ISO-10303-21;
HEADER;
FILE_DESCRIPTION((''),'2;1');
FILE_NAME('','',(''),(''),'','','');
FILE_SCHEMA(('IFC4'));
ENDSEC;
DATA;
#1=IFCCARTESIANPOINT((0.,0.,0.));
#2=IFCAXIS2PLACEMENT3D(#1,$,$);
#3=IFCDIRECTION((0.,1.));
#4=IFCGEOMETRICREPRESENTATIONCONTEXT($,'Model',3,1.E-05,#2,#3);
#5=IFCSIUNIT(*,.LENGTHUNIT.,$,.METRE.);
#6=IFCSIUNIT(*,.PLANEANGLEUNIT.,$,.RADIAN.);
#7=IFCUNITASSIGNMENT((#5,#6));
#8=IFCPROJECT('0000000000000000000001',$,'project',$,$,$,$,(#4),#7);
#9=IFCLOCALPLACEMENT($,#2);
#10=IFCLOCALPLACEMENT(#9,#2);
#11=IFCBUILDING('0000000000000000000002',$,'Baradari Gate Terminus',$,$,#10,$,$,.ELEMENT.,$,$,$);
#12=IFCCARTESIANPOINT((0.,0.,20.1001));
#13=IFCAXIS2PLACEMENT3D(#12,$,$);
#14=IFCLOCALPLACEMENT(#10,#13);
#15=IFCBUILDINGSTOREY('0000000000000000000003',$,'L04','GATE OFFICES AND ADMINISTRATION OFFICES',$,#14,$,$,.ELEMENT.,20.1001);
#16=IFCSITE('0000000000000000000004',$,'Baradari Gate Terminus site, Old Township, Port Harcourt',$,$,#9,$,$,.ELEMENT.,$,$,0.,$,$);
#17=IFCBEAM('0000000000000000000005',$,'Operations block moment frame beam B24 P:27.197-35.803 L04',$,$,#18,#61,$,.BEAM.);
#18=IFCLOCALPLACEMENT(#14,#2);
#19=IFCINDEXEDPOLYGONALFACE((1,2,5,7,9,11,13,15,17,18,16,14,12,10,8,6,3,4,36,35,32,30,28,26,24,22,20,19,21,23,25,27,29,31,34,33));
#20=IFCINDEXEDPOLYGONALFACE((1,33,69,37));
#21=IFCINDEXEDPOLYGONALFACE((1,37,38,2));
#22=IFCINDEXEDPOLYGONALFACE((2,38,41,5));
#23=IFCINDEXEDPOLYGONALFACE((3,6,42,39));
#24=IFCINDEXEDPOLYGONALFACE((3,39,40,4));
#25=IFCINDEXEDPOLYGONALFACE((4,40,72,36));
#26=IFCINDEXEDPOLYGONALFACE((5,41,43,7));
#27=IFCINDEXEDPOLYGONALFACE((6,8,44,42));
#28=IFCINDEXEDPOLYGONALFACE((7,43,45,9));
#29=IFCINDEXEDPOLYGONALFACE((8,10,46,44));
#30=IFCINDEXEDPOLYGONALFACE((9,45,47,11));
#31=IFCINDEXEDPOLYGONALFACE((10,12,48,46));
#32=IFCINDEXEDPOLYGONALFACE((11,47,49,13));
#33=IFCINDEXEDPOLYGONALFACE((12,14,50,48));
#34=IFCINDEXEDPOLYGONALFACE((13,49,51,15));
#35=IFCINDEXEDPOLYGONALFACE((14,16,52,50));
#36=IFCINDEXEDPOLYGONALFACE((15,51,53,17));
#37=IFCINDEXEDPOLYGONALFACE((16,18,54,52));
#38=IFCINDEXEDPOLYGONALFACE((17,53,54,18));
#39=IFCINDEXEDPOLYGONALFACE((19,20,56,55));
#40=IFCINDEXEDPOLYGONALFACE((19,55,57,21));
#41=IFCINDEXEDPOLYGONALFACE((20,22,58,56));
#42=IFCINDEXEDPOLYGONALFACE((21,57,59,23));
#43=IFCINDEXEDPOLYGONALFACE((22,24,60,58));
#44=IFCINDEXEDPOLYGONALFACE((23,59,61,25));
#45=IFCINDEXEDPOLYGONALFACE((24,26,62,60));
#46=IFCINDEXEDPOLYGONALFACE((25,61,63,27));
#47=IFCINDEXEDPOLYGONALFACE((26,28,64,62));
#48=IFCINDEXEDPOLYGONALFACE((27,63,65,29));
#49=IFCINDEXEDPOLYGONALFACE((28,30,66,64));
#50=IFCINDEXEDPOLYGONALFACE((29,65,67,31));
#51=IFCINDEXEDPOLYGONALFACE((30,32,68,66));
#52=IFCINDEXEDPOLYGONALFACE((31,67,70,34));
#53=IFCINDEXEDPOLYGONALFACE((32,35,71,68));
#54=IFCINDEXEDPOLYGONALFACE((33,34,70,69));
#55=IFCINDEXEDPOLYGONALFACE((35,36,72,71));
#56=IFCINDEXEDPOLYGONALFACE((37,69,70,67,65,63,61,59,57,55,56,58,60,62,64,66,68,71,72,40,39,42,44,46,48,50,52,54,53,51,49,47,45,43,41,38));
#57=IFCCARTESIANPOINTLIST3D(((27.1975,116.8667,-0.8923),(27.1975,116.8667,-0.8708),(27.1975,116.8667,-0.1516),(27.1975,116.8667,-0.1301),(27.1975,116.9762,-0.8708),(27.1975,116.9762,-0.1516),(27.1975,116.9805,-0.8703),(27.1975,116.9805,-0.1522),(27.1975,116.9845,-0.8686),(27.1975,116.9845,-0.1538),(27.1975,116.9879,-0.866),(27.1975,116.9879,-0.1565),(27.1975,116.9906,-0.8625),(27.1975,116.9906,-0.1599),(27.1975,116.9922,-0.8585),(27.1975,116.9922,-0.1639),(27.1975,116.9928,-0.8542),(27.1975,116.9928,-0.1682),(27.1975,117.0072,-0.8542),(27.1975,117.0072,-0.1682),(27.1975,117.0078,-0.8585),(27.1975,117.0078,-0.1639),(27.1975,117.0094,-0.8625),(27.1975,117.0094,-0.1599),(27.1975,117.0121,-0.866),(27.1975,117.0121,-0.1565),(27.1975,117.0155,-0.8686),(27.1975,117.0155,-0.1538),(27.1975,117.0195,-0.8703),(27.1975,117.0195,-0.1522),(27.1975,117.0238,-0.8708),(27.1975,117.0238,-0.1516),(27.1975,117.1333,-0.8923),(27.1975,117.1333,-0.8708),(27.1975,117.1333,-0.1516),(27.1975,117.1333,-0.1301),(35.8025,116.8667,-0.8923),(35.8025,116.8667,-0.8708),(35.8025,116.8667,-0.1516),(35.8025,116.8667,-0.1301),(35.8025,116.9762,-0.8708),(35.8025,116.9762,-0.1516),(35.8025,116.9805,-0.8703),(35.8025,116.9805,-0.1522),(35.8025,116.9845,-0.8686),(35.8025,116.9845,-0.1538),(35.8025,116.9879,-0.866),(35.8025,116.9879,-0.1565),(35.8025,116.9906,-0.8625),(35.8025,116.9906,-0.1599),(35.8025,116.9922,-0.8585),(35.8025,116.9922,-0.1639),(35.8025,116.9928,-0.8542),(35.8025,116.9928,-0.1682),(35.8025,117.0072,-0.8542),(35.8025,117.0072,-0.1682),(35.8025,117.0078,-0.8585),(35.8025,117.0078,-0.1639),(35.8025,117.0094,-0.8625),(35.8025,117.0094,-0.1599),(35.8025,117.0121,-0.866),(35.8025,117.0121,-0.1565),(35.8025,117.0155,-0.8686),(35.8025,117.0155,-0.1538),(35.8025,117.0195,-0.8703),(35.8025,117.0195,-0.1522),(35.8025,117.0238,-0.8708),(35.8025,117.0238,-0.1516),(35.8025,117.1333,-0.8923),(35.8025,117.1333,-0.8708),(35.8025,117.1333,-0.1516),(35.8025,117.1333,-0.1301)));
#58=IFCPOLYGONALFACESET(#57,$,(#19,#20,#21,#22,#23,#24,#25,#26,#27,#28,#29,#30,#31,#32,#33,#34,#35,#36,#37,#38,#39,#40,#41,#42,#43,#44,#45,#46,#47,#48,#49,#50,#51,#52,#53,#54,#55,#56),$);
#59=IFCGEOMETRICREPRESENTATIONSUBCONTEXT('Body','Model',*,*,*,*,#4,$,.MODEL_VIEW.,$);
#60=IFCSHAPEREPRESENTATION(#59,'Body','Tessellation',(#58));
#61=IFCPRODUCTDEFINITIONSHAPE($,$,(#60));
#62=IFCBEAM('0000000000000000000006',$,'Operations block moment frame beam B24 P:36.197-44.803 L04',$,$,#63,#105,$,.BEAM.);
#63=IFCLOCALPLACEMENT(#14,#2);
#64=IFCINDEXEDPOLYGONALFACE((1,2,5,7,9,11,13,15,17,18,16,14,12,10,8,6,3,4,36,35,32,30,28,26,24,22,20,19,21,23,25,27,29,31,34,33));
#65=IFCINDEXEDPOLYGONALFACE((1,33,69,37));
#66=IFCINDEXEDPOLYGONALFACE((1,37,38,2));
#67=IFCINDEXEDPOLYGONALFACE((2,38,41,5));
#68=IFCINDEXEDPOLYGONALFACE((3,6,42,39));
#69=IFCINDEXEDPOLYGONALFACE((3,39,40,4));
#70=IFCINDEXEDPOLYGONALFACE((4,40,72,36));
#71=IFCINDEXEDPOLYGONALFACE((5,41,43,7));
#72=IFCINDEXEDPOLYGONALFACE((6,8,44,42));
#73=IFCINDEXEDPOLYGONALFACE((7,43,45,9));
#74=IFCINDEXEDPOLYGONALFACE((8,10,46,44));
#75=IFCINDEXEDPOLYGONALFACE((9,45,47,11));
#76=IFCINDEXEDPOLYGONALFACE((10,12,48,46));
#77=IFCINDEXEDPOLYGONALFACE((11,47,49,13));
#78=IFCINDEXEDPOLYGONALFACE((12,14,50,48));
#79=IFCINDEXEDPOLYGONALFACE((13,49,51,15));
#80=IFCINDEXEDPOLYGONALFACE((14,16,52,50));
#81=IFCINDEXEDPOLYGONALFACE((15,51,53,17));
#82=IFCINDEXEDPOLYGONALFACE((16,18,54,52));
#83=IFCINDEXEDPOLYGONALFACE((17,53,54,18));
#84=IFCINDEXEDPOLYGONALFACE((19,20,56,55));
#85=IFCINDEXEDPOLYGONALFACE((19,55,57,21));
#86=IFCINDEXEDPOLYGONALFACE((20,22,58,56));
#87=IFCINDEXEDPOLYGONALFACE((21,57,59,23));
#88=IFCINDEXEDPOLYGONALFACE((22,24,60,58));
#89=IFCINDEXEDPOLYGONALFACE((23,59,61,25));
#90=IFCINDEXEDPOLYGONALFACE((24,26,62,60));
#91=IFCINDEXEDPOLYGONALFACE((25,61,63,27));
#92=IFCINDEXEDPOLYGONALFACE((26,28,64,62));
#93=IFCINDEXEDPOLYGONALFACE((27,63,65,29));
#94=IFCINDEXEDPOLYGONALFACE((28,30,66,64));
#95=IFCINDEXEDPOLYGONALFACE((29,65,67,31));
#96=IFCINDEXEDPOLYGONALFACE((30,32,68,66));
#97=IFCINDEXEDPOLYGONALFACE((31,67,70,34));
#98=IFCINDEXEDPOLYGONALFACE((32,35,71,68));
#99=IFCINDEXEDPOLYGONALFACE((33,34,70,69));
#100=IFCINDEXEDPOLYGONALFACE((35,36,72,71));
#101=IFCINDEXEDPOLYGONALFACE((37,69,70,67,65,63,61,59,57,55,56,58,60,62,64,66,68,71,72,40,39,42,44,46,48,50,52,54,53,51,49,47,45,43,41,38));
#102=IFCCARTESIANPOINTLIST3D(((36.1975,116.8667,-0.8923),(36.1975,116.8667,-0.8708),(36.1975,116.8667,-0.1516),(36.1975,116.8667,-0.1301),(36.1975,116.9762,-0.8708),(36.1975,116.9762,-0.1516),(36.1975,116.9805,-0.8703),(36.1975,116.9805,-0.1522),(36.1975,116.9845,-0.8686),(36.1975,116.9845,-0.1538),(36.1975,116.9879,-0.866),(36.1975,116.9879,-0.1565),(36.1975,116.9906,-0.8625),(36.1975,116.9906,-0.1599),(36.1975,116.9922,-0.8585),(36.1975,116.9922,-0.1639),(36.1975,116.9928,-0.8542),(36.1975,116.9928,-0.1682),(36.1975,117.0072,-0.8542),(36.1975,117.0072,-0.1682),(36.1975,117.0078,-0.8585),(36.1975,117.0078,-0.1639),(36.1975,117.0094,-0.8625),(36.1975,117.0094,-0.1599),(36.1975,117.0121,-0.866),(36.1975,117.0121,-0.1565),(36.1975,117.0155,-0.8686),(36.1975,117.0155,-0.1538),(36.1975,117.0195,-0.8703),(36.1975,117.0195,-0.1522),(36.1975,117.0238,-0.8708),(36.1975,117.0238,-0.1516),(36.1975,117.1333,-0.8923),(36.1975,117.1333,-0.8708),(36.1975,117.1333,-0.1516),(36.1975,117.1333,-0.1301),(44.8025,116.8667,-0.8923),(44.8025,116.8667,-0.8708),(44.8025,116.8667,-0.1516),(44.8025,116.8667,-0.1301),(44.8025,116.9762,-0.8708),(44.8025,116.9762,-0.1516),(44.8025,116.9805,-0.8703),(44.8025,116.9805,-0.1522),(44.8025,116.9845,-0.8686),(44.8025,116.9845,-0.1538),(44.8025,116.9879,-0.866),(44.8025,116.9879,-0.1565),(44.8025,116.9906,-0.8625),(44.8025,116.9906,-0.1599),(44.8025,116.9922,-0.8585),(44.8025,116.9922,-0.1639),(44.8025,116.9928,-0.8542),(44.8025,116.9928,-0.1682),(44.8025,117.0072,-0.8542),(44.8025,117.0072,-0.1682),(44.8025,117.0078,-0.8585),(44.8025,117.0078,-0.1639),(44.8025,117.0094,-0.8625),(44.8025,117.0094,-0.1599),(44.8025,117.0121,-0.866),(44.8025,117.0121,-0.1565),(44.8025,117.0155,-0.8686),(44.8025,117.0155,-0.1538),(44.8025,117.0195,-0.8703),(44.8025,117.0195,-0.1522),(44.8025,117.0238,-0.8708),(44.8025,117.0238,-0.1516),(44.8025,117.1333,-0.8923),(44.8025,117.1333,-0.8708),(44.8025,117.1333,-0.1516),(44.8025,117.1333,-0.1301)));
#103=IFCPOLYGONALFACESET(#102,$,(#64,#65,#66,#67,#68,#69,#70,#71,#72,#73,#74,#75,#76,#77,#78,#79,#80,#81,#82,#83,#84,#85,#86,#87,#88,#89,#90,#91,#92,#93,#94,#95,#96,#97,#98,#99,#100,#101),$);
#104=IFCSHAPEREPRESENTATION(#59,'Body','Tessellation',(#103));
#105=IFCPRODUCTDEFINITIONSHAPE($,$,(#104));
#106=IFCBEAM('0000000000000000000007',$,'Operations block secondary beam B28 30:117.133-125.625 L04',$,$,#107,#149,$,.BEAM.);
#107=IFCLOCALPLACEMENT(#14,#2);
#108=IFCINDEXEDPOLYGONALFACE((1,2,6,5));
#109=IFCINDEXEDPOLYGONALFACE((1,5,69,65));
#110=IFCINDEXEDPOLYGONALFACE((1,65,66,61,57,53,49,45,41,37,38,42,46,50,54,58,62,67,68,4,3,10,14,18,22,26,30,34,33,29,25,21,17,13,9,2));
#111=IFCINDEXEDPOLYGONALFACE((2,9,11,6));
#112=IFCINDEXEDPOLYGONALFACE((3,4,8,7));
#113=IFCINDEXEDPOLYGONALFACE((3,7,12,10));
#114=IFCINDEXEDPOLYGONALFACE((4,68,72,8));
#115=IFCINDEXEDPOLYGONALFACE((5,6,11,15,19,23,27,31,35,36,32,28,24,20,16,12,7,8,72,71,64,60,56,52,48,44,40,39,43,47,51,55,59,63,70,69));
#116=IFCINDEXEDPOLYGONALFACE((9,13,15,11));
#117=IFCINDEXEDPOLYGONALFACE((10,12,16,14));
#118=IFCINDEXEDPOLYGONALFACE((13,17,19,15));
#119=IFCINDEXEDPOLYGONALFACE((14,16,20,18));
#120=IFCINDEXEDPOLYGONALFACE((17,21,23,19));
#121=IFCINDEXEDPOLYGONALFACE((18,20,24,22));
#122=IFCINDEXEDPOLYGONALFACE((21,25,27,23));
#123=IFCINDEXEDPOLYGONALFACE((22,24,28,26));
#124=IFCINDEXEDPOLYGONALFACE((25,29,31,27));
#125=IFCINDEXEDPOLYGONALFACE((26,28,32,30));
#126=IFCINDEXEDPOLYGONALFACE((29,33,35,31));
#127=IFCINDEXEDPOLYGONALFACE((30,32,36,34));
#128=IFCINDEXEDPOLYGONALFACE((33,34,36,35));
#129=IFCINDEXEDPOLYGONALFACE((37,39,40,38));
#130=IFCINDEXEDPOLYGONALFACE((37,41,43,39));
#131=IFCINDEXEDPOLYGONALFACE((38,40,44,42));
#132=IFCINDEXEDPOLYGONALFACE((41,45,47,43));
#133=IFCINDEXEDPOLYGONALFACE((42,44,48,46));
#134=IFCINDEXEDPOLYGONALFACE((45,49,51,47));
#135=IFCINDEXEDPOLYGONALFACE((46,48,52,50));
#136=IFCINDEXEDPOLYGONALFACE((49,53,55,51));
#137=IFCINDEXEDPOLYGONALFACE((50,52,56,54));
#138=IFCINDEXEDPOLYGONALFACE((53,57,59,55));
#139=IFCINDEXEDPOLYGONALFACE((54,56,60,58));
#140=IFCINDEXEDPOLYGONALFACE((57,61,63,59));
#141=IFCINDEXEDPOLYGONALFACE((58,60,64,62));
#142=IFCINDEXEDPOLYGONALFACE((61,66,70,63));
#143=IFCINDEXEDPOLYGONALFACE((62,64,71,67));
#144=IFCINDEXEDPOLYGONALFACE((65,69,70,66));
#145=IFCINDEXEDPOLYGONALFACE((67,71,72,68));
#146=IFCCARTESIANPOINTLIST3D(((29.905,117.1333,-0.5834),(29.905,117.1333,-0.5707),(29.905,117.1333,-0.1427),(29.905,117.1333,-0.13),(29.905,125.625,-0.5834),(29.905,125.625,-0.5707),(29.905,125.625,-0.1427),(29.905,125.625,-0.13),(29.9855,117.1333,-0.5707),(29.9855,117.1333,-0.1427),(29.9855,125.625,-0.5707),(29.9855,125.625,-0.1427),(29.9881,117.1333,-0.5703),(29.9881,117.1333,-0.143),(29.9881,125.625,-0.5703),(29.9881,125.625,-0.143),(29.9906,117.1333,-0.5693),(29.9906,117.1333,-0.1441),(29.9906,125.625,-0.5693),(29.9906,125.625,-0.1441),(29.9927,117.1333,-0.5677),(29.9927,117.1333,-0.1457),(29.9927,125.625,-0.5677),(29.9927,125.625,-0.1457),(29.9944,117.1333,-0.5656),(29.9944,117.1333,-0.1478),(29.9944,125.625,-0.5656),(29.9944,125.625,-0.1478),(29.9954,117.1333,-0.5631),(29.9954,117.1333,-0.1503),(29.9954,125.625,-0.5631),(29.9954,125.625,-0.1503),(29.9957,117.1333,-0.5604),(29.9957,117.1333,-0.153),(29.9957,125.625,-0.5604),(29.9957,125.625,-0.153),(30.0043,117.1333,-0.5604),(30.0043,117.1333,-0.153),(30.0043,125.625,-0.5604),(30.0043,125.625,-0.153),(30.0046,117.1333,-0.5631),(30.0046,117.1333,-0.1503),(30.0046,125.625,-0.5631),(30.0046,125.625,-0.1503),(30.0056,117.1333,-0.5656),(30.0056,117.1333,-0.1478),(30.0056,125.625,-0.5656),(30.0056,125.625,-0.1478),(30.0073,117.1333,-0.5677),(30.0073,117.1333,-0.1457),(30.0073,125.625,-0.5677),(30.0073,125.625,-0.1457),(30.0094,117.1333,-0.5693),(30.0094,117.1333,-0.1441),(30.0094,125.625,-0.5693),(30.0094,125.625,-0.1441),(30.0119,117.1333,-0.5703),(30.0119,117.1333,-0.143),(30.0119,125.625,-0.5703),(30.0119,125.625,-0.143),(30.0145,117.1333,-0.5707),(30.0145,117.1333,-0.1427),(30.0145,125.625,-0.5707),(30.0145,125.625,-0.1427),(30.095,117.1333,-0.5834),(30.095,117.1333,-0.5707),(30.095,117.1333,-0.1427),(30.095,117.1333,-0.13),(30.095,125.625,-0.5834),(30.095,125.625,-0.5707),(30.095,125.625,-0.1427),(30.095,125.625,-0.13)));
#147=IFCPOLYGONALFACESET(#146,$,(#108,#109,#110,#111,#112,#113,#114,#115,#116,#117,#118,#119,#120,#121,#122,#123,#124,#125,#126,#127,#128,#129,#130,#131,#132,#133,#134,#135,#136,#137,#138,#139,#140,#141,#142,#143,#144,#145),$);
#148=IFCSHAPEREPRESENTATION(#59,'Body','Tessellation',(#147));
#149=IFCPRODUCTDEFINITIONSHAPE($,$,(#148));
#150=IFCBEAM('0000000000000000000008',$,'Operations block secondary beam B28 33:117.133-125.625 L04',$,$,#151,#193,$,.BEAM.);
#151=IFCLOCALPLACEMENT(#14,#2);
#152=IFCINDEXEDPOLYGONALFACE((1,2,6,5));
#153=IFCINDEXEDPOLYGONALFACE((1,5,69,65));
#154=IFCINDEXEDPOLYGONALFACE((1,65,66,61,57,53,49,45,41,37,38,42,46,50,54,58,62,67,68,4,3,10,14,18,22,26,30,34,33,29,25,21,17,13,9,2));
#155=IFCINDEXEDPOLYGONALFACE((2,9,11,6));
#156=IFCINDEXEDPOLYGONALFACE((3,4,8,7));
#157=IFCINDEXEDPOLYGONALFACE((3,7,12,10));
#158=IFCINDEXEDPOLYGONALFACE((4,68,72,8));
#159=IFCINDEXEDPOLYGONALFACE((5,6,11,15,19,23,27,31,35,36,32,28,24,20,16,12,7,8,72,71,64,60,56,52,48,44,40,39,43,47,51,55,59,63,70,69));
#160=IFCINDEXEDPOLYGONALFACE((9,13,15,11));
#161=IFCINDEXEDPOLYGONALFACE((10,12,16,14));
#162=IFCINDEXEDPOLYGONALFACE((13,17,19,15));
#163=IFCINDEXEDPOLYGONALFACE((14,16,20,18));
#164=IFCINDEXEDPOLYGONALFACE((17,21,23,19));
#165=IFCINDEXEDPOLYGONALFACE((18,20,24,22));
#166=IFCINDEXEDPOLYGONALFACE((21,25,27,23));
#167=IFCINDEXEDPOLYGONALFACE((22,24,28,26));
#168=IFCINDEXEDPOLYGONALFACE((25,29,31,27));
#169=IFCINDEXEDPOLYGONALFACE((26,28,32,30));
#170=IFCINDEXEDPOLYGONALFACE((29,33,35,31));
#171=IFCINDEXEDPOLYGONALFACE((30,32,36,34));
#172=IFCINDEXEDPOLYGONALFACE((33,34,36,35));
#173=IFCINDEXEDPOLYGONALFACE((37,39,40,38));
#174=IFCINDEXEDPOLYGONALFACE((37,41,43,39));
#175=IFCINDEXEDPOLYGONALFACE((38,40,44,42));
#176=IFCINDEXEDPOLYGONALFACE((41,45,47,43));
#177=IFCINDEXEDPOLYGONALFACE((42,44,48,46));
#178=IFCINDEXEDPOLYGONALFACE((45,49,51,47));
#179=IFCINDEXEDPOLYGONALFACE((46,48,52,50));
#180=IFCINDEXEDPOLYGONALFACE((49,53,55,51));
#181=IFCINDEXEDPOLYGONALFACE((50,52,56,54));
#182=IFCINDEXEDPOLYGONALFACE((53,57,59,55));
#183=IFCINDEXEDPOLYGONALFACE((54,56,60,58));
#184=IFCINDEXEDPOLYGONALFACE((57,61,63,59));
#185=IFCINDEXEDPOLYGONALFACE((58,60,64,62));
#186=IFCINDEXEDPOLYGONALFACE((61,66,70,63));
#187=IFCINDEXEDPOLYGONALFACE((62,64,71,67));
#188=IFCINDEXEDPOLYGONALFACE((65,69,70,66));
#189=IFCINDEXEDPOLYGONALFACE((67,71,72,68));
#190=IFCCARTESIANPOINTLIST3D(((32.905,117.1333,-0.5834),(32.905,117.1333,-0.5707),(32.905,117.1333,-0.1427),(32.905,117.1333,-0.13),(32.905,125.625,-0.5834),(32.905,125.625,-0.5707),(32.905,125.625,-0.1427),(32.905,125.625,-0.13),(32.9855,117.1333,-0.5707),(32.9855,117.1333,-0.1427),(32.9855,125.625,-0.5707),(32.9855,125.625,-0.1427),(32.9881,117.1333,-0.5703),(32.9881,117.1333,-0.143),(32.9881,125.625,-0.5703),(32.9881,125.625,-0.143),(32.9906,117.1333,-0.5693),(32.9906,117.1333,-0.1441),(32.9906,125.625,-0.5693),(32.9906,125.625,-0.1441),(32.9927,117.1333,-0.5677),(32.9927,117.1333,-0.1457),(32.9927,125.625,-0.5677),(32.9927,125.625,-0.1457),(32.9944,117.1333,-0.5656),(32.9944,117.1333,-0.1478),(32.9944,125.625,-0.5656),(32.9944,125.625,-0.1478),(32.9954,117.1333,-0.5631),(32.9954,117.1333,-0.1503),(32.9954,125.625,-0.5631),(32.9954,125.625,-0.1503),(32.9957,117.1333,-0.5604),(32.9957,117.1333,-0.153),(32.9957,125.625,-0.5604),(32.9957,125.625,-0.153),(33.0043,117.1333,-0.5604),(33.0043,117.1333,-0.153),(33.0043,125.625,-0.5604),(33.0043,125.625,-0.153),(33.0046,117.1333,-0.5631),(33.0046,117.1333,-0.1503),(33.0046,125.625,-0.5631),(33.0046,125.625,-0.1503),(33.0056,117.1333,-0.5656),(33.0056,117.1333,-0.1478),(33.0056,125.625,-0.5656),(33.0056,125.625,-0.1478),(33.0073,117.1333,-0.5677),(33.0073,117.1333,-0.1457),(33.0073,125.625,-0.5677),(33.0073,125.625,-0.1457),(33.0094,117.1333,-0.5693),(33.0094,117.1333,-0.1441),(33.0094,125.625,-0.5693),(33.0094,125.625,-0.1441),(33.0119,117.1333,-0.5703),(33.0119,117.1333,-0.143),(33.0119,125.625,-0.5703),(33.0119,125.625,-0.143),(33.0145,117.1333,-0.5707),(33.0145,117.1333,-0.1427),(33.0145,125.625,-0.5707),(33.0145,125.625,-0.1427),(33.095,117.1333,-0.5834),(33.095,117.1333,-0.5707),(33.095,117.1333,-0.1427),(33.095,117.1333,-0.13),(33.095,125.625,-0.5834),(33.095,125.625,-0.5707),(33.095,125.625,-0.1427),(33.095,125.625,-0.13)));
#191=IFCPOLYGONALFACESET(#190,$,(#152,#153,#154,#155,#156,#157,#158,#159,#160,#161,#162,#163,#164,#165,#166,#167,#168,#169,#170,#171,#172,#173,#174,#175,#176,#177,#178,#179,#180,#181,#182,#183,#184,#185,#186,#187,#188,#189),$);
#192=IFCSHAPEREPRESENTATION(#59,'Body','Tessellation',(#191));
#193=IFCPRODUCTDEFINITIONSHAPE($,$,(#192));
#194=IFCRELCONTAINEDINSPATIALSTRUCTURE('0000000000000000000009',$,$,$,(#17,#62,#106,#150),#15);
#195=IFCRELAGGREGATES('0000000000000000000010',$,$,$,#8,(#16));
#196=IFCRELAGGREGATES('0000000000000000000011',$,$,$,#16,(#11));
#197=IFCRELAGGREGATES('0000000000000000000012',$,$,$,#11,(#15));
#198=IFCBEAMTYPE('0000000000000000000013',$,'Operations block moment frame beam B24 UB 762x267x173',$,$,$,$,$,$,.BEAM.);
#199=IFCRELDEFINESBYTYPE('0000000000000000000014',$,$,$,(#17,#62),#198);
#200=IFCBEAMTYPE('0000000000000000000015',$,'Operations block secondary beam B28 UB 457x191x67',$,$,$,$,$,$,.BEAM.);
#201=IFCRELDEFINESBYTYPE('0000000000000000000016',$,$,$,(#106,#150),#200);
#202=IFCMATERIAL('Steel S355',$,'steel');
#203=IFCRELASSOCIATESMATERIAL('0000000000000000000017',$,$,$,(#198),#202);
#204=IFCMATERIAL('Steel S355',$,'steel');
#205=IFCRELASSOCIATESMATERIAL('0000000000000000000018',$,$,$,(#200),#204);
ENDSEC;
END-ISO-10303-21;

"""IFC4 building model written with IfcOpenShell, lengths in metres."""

from ifc_helpers import new_model, si_unit, direction, frame, origin, origin_2d, place, context, subcontext, project, spatial, i_section, extrude, material, material_profile, profile_set, type_object, element, save


model = new_model("IFC4")

# Units and contexts
model_context = context("Model", 3, precision=1e-05, world=origin(), true_north=direction((0.0, 1.0)))
body_context = subcontext(model_context, "Body", "Model", "MODEL_VIEW")
ifc_project = project(units=[si_unit("LENGTHUNIT", "METRE"), si_unit("PLANEANGLEUNIT", "RADIAN")], contexts=[model_context])

# Site, building, storey
site_placement = place(None, origin())
site = spatial("IfcSite", under=ifc_project, at=site_placement, Name="Baradari Gate Terminus site, Old Township, Port Harcourt", CompositionType="ELEMENT", RefElevation=0.0)
building_placement = place(site_placement, origin())
building = spatial("IfcBuilding", under=site, at=building_placement, Name="Baradari Gate Terminus", CompositionType="ELEMENT")
storey_placement = place(building_placement, frame((0.0, 0.0, 20.1001)))
storey = spatial("IfcBuildingStorey", under=building, at=storey_placement, Name="L04", Description="GATE OFFICES AND ADMINISTRATION OFFICES", CompositionType="ELEMENT", Elevation=20.1001)

# Beams
ifc_material_1 = material(Name="Steel S355", Category="steel")
ifc_material_profile_1 = material_profile(ifc_material_1, i_section(OverallWidth=0.2666, OverallDepth=0.7622, WebThickness=0.0144, FlangeThickness=0.0215, FilletRadius=0.0166, at=origin_2d()), Name="UB 762x267x173")
ifc_profile_set_1 = profile_set([ifc_material_profile_1], Name="Steel S355")
beam_type_1 = type_object("IfcBeamType", Name="Operations block moment frame beam B24 UB 762x267x173", PredefinedType="BEAM", material=ifc_profile_set_1)
for number, where, z_axis, x_axis, name in (
    (1, (27.1975, 117.0, -0.5112), (1.0, 0.0, 0.0), (0.0, 1.0, 0.0), "Operations block moment frame beam B24 P:27.197-35.803 L04"),
    (2, (36.1975, 117.0, -0.5112), (1.0, 0.0, 0.0), (0.0, 1.0, 0.0), "Operations block moment frame beam B24 P:36.197-44.803 L04"),
):
    element("IfcBeam", number, at=place(storey_placement, frame(where, z_axis=z_axis, x_axis=x_axis)), inside=storey, type_object=beam_type_1, Name=name, PredefinedType="BEAM", context=body_context, shape_type="SweptSolid", body=[
        extrude(i_section(OverallWidth=0.2666, OverallDepth=0.7622, WebThickness=0.0144, FlangeThickness=0.0215, FilletRadius=0.0166, at=origin_2d()), origin(), (0.0, 0.0, 1.0), 8.605),
    ])
ifc_material_2 = material(Name="Steel S355", Category="steel")
ifc_material_profile_2 = material_profile(ifc_material_2, i_section(OverallWidth=0.1899, OverallDepth=0.4534, WebThickness=0.0085, FlangeThickness=0.0127, FilletRadius=0.0103, at=origin_2d()), Name="UB 457x191x67")
ifc_profile_set_2 = profile_set([ifc_material_profile_2], Name="Steel S355")
beam_type_2 = type_object("IfcBeamType", Name="Operations block secondary beam B28 UB 457x191x67", PredefinedType="BEAM", material=ifc_profile_set_2)
for number, where, z_axis, x_axis, name in (
    (3, (30.0, 117.1333, -0.3567), (0.0, 1.0, 0.0), (-1.0, 0.0, 0.0), "Operations block secondary beam B28 30:117.133-125.625 L04"),
    (4, (33.0, 117.1333, -0.3567), (0.0, 1.0, 0.0), (-1.0, 0.0, 0.0), "Operations block secondary beam B28 33:117.133-125.625 L04"),
):
    element("IfcBeam", number, at=place(storey_placement, frame(where, z_axis=z_axis, x_axis=x_axis)), inside=storey, type_object=beam_type_2, Name=name, PredefinedType="BEAM", context=body_context, shape_type="SweptSolid", body=[
        extrude(i_section(OverallWidth=0.1899, OverallDepth=0.4534, WebThickness=0.0085, FlangeThickness=0.0127, FilletRadius=0.0103, at=origin_2d()), origin(), (0.0, 0.0, 1.0), 8.4917),
    ])

save(model, "model.ifc")
